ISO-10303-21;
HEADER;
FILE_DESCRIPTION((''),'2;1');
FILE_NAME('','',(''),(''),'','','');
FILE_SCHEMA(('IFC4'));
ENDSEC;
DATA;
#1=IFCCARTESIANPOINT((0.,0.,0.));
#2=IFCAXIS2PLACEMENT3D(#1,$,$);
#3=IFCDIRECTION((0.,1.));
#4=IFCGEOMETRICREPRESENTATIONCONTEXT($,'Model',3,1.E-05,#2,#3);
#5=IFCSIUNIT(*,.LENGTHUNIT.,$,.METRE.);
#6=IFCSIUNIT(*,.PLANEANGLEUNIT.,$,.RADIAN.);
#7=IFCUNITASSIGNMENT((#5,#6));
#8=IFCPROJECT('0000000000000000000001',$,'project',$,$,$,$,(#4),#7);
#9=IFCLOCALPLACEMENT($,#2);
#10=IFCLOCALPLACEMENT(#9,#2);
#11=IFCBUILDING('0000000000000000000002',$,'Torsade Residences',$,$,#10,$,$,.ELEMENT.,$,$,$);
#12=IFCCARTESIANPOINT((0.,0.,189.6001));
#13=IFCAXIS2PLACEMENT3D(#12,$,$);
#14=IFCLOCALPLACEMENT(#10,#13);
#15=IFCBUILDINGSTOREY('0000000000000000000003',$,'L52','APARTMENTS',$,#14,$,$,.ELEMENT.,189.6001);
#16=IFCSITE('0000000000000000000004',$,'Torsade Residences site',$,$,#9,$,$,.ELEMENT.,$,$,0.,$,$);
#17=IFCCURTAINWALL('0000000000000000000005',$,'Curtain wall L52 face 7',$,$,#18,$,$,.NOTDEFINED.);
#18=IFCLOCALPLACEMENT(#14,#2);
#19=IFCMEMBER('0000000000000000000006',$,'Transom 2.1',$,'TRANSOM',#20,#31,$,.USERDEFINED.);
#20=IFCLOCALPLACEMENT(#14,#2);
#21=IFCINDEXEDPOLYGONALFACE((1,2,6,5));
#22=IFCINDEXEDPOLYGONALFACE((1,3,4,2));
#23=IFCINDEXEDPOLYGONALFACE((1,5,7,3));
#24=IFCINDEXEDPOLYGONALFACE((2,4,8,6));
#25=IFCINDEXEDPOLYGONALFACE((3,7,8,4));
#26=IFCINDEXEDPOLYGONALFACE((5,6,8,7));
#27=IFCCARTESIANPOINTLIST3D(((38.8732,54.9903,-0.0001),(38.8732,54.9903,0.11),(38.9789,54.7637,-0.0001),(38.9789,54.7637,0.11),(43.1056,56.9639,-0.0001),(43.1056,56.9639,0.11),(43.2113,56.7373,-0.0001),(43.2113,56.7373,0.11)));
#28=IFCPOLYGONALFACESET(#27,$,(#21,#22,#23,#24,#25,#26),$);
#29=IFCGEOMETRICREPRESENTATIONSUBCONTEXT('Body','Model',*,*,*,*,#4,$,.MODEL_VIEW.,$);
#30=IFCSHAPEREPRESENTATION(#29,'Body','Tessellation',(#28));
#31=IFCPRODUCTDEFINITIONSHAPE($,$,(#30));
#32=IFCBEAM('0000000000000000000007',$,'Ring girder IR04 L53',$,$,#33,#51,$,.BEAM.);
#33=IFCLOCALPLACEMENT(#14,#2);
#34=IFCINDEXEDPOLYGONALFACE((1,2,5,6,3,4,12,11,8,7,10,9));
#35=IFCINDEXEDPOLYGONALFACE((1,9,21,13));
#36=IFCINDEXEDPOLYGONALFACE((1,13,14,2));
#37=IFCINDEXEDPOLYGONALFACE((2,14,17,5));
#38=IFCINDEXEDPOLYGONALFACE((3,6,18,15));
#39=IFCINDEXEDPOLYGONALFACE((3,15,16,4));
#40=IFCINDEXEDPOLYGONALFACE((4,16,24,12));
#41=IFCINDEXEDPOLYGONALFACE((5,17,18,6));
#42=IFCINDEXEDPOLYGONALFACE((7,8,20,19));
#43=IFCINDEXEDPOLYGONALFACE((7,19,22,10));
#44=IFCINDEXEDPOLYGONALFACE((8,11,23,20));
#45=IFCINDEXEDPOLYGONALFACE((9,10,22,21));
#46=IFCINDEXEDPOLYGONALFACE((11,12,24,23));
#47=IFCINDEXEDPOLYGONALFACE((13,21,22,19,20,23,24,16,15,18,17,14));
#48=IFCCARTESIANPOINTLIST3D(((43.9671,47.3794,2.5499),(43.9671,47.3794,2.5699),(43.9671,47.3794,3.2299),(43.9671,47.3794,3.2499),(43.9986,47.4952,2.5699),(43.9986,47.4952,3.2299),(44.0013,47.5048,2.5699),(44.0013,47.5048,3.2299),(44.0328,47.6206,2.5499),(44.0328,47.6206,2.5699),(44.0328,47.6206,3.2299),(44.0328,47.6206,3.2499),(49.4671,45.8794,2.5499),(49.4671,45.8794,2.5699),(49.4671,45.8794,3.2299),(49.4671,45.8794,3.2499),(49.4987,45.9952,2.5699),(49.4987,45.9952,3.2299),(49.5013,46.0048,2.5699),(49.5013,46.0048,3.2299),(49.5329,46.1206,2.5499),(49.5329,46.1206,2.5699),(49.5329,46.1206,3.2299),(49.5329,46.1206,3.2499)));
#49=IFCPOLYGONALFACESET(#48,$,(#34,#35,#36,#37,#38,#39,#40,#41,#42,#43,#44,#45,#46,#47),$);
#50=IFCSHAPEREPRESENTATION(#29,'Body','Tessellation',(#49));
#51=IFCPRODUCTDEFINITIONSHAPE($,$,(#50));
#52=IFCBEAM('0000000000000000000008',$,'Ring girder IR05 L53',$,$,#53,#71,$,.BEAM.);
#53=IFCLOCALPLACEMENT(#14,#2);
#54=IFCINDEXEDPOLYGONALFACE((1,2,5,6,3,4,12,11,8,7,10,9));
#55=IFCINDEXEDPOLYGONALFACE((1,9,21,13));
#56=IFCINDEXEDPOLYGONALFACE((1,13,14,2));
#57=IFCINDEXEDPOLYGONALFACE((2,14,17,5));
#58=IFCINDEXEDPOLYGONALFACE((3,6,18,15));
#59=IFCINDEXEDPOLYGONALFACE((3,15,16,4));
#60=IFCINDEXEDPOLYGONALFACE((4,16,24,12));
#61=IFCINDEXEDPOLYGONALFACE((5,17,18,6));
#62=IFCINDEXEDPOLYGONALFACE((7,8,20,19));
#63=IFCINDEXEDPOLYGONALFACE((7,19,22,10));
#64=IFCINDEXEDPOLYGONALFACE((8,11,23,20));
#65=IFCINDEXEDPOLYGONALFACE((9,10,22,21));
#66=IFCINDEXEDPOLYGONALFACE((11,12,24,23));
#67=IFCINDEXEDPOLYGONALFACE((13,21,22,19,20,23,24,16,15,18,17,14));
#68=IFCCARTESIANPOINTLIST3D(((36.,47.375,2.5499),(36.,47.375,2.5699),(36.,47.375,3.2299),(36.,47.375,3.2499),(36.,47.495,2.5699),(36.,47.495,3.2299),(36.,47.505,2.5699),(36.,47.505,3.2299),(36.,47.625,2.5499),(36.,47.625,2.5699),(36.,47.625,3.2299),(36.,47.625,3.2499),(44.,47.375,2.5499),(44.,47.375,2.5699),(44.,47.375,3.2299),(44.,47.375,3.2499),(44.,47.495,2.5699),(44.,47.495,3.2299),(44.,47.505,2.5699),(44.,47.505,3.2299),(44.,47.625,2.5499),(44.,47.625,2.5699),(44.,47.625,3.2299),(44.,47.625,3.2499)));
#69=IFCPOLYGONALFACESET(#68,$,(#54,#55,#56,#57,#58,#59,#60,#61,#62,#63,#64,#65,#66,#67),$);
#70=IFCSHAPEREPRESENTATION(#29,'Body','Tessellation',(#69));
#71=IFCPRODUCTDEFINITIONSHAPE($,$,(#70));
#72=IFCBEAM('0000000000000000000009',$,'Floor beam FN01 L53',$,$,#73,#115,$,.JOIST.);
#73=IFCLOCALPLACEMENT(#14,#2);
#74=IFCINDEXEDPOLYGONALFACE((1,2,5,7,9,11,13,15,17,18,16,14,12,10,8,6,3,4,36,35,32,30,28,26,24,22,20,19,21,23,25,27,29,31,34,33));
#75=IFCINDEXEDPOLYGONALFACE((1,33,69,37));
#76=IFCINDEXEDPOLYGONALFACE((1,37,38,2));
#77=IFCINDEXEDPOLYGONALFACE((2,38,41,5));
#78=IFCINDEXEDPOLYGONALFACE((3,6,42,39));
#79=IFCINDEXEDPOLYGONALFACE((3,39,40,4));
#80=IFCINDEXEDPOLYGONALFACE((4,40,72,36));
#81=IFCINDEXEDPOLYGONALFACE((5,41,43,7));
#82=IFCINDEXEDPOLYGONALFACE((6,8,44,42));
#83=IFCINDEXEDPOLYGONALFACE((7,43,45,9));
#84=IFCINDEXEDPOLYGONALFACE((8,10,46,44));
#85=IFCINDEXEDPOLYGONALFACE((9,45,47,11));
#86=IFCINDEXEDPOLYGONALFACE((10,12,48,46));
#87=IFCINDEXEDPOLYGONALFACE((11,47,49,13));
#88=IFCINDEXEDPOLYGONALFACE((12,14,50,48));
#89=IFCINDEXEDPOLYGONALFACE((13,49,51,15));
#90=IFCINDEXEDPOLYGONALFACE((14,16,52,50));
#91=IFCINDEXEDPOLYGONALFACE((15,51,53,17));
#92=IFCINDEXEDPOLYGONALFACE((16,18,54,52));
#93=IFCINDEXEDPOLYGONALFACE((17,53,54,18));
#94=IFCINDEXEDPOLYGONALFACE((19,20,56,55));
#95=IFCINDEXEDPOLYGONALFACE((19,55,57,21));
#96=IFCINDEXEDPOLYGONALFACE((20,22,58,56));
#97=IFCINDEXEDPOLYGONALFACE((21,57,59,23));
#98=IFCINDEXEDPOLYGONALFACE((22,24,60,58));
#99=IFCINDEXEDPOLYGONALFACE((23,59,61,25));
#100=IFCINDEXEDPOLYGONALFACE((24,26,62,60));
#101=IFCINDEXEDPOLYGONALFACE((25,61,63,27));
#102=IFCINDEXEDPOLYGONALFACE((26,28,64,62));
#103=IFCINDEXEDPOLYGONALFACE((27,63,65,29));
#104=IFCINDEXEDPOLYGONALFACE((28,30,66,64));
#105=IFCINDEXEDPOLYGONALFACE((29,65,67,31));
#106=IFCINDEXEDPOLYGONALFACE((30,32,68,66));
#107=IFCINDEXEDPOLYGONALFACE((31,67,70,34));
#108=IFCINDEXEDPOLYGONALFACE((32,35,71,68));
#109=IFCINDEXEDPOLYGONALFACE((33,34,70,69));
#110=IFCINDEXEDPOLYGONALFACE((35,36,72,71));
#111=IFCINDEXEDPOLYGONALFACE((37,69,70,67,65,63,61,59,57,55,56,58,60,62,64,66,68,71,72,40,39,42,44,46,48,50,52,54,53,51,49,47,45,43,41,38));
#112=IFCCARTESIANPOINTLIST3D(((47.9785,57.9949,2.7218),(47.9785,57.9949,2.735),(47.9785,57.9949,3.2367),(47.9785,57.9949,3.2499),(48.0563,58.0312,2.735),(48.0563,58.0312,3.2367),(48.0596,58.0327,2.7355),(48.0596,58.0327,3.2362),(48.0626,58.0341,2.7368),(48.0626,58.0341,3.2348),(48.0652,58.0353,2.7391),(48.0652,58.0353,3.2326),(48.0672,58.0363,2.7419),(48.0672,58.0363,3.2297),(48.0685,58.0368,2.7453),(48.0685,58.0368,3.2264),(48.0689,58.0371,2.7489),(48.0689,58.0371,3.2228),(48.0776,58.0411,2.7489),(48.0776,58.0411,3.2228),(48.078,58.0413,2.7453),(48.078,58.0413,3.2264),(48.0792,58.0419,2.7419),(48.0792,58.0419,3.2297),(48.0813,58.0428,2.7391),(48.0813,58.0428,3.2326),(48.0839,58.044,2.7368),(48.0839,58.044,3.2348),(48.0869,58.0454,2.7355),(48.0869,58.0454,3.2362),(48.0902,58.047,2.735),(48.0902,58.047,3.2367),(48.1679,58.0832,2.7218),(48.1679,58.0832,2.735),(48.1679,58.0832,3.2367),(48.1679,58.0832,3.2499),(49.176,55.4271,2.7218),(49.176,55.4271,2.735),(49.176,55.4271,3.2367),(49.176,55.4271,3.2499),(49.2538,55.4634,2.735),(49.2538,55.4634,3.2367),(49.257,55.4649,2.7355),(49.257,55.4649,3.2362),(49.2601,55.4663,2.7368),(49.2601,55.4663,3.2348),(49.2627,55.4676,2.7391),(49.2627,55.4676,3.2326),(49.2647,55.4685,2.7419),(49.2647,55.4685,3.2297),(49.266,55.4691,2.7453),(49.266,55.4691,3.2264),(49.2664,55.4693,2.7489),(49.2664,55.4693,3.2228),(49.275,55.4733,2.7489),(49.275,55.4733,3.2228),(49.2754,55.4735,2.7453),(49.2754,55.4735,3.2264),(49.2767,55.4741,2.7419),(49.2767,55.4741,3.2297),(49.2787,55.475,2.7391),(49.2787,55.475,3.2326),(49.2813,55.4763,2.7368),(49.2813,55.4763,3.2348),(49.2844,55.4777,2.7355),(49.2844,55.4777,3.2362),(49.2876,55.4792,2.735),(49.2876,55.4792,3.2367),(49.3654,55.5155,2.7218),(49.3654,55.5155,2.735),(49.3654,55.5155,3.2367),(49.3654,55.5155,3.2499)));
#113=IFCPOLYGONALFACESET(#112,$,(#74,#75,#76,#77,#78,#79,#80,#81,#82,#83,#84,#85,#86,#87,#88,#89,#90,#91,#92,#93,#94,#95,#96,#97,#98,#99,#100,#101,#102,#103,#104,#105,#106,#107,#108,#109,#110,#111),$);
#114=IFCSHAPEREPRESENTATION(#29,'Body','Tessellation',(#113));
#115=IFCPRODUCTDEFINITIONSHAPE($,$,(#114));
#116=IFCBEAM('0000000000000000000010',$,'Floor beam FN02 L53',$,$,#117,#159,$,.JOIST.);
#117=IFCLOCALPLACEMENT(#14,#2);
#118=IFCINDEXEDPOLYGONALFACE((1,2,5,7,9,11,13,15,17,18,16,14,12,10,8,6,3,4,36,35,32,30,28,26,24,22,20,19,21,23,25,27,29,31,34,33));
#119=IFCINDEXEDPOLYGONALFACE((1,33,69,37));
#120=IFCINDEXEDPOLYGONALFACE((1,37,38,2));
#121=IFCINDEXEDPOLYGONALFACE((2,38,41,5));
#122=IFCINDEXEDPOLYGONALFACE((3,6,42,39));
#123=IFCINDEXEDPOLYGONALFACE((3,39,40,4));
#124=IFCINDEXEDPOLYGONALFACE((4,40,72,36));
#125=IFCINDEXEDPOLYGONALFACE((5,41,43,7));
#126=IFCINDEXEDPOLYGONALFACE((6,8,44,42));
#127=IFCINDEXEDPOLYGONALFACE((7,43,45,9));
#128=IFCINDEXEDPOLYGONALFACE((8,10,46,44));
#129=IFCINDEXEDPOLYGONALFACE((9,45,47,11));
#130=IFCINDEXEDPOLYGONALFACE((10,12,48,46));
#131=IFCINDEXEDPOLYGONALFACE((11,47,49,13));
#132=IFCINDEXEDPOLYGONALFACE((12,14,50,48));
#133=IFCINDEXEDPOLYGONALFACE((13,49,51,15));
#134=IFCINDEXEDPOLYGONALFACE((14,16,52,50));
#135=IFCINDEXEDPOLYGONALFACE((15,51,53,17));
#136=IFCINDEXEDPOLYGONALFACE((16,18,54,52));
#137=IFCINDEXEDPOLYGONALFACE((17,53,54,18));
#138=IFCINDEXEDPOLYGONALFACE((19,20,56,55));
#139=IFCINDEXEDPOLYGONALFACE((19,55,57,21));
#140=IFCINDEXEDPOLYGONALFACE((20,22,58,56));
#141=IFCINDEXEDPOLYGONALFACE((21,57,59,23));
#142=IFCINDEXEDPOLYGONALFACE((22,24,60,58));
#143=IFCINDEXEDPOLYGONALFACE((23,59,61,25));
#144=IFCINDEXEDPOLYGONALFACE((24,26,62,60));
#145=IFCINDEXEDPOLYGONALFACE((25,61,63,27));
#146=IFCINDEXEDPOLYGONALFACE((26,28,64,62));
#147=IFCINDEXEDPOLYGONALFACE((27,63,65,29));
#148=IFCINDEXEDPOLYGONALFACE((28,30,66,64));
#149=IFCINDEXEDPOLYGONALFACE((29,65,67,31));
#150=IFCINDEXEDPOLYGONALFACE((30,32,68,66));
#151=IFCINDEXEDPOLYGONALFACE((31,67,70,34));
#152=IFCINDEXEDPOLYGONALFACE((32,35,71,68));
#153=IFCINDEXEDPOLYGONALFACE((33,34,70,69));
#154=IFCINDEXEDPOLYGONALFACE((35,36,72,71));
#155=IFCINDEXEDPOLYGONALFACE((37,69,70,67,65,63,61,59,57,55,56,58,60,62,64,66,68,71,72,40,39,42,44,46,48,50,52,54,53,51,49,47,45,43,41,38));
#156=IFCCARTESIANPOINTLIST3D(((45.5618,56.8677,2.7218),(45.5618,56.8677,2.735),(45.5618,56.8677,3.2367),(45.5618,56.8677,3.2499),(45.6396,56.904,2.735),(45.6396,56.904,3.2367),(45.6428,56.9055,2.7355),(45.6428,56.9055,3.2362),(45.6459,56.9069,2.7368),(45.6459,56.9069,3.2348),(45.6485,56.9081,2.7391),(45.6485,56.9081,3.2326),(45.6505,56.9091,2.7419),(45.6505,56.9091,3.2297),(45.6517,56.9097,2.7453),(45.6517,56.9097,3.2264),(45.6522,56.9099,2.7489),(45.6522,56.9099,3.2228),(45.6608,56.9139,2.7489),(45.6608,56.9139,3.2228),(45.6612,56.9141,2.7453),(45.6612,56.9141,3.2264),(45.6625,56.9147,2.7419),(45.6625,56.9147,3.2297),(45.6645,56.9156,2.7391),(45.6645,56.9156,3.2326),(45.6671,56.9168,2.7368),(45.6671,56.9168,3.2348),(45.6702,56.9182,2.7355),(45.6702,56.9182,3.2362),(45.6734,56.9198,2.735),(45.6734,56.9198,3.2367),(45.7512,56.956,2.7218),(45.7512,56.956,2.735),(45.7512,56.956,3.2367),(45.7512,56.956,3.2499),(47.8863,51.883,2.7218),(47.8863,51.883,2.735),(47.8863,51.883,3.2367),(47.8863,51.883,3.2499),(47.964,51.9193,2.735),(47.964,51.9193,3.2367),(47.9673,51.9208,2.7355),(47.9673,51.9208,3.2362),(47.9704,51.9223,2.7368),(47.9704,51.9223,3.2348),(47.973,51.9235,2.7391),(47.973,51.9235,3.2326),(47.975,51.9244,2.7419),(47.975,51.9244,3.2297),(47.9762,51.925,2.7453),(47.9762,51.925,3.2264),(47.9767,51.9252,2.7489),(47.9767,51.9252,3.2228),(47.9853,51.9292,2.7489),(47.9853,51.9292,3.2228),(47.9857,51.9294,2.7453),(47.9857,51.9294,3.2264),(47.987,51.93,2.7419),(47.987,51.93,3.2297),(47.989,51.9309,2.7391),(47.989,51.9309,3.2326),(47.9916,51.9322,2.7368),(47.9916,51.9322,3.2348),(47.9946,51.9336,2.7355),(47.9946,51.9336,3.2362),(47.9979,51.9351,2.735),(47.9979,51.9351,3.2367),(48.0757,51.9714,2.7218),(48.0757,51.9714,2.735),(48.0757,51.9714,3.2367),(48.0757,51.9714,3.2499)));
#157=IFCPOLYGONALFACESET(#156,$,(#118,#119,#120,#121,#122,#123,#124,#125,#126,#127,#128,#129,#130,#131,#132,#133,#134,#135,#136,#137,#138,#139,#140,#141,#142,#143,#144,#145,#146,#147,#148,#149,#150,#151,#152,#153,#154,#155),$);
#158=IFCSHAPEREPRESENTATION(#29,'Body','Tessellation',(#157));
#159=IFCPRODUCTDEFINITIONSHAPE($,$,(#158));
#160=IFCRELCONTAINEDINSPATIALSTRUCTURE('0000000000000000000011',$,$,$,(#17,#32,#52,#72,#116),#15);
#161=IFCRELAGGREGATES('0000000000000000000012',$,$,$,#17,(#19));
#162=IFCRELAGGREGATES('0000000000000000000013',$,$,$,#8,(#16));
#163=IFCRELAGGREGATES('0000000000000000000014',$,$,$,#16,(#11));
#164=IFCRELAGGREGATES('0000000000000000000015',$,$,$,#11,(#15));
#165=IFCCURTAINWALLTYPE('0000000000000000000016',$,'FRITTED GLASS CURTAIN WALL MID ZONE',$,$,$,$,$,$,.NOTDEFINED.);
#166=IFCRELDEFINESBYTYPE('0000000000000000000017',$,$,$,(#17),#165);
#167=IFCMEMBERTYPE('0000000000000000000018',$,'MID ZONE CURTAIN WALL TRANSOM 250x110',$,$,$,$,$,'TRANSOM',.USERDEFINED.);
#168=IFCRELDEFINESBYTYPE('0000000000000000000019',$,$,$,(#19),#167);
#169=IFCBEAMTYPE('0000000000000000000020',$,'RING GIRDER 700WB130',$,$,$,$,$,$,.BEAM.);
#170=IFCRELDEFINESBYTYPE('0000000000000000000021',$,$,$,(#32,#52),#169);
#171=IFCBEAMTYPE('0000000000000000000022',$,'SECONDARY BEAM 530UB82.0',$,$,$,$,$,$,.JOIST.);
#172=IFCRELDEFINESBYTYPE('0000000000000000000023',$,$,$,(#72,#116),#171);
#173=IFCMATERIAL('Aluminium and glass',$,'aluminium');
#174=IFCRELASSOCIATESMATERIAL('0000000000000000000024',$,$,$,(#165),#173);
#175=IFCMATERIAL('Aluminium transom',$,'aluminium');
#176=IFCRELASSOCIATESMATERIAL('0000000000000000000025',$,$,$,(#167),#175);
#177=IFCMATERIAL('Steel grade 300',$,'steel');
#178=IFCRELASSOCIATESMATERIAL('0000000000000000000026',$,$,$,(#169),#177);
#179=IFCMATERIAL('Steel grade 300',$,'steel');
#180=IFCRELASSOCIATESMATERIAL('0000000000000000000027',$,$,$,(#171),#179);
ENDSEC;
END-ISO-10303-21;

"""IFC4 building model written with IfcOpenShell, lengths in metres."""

from ifc_helpers import new_model, si_unit, direction, frame, origin, origin_2d, place, context, subcontext, project, spatial, rectangle, i_section, extrude, material, material_profile, profile_set, type_object, element, aggregate, save


model = new_model("IFC4")

# Units and contexts
model_context = context("Model", 3, precision=1e-05, world=origin(), true_north=direction((0.0, 1.0)))
body_context = subcontext(model_context, "Body", "Model", "MODEL_VIEW")
ifc_project = project(units=[si_unit("LENGTHUNIT", "METRE"), si_unit("PLANEANGLEUNIT", "RADIAN")], contexts=[model_context])

# Site, building, storey
site_placement = place(None, origin())
site = spatial("IfcSite", under=ifc_project, at=site_placement, Name="Torsade Residences site", CompositionType="ELEMENT", RefElevation=0.0)
building_placement = place(site_placement, origin())
building = spatial("IfcBuilding", under=site, at=building_placement, Name="Torsade Residences", CompositionType="ELEMENT")
storey_placement = place(building_placement, frame((0.0, 0.0, 189.6001)))
storey = spatial("IfcBuildingStorey", under=building, at=storey_placement, Name="L52", Description="APARTMENTS", CompositionType="ELEMENT", Elevation=189.6001)

# Curtain wall, member
ifc_material_1 = material(Name="Aluminium and glass", Category="aluminium")
curtain_wall_type = type_object("IfcCurtainWallType", Name="FRITTED GLASS CURTAIN WALL MID ZONE", PredefinedType="NOTDEFINED", material=ifc_material_1)
curtain_wall_placement = place(storey_placement, origin())
curtain_wall = element("IfcCurtainWall", 1, at=curtain_wall_placement, inside=storey, type_object=curtain_wall_type, Name="Curtain wall L52 face 7", PredefinedType="NOTDEFINED")
ifc_material_2 = material(Name="Aluminium transom", Category="aluminium")
ifc_material_profile_1 = material_profile(ifc_material_2, rectangle(XDim=0.25, YDim=0.1101, at=origin_2d()), Name="MID ZONE CURTAIN WALL TRANSOM 250x110")
ifc_profile_set_1 = profile_set([ifc_material_profile_1], Name="Aluminium transom")
member_type_1 = type_object("IfcMemberType", Name="MID ZONE CURTAIN WALL TRANSOM 250x110", ElementType="TRANSOM", PredefinedType="USERDEFINED", material=ifc_profile_set_1)
member_1_placement = place(storey_placement, frame((43.1584, 56.8506, 0.0549), z_axis=(-0.906306, -0.422622, 0.0), x_axis=(0.422622, -0.906306, 0.0)))
member_1 = element("IfcMember", 2, at=member_1_placement, type_object=member_type_1, Name="Transom 2.1", ObjectType="TRANSOM", PredefinedType="USERDEFINED", context=body_context, shape_type="SweptSolid", body=[
    extrude(rectangle(XDim=0.25, YDim=0.1101, at=origin_2d()), origin(), (0.0, 0.0, 1.0), 4.6699),
])

# Beams
ifc_material_3 = material(Name="Steel grade 300", Category="steel")
ifc_material_profile_2 = material_profile(ifc_material_3, i_section(OverallWidth=0.25, OverallDepth=0.7, WebThickness=0.01, FlangeThickness=0.02, at=origin_2d()), Name="700WB130")
ifc_profile_set_2 = profile_set([ifc_material_profile_2], Name="Steel grade 300")
beam_type_1 = type_object("IfcBeamType", Name="RING GIRDER 700WB130", PredefinedType="BEAM", material=ifc_profile_set_2)
beam_1_placement = place(storey_placement, frame((49.5, 46.0, 2.8999), z_axis=(-0.964764, 0.263117, 0.0), x_axis=(-0.263117, -0.964764, 0.0)))
element("IfcBeam", 3, at=beam_1_placement, inside=storey, type_object=beam_type_1, Name="Ring girder IR04 L53", PredefinedType="BEAM", context=body_context, shape_type="SweptSolid", body=[
    extrude(i_section(OverallWidth=0.25, OverallDepth=0.7, WebThickness=0.01, FlangeThickness=0.02, at=origin_2d()), origin(), (0.0, 0.0, 1.0), 5.7009),
])
beam_2_placement = place(storey_placement, frame((44.0, 47.5, 2.8999), z_axis=(-1.0, 0.0, 0.0), x_axis=(0.0, -1.0, 0.0)))
element("IfcBeam", 4, at=beam_2_placement, inside=storey, type_object=beam_type_1, Name="Ring girder IR05 L53", PredefinedType="BEAM", context=body_context, shape_type="SweptSolid", body=[
    extrude(i_section(OverallWidth=0.25, OverallDepth=0.7, WebThickness=0.01, FlangeThickness=0.02, at=origin_2d()), origin(), (0.0, 0.0, 1.0), 8.0),
])
ifc_material_4 = material(Name="Steel grade 300", Category="steel")
ifc_material_profile_3 = material_profile(ifc_material_4, i_section(OverallWidth=0.209, OverallDepth=0.5281, WebThickness=0.0095, FlangeThickness=0.0132, FilletRadius=0.0139, at=origin_2d()), Name="530UB82.0")
ifc_profile_set_3 = profile_set([ifc_material_profile_3], Name="Steel grade 300")
beam_type_2 = type_object("IfcBeamType", Name="SECONDARY BEAM 530UB82.0", PredefinedType="JOIST", material=ifc_profile_set_3)
beam_3_placement = place(storey_placement, frame((48.0732, 58.0391, 2.9858), z_axis=(0.422645, -0.906295, 0.0), x_axis=(0.906295, 0.422645, 0.0)))
element("IfcBeam", 5, at=beam_3_placement, inside=storey, type_object=beam_type_2, Name="Floor beam FN01 L53", PredefinedType="JOIST", context=body_context, shape_type="SweptSolid", body=[
    extrude(i_section(OverallWidth=0.209, OverallDepth=0.5281, WebThickness=0.0095, FlangeThickness=0.0132, FilletRadius=0.0139, at=origin_2d()), origin(), (0.0, 0.0, 1.0), 2.8333),
])
beam_4_placement = place(storey_placement, frame((45.6565, 56.9119, 2.9858), z_axis=(0.422633, -0.906301, 0.0), x_axis=(0.906301, 0.422633, 0.0)))
element("IfcBeam", 6, at=beam_4_placement, inside=storey, type_object=beam_type_2, Name="Floor beam FN02 L53", PredefinedType="JOIST", context=body_context, shape_type="SweptSolid", body=[
    extrude(i_section(OverallWidth=0.209, OverallDepth=0.5281, WebThickness=0.0095, FlangeThickness=0.0132, FilletRadius=0.0139, at=origin_2d()), origin(), (0.0, 0.0, 1.0), 5.5),
])

aggregate(curtain_wall, [member_1])

save(model, "model.ifc")
